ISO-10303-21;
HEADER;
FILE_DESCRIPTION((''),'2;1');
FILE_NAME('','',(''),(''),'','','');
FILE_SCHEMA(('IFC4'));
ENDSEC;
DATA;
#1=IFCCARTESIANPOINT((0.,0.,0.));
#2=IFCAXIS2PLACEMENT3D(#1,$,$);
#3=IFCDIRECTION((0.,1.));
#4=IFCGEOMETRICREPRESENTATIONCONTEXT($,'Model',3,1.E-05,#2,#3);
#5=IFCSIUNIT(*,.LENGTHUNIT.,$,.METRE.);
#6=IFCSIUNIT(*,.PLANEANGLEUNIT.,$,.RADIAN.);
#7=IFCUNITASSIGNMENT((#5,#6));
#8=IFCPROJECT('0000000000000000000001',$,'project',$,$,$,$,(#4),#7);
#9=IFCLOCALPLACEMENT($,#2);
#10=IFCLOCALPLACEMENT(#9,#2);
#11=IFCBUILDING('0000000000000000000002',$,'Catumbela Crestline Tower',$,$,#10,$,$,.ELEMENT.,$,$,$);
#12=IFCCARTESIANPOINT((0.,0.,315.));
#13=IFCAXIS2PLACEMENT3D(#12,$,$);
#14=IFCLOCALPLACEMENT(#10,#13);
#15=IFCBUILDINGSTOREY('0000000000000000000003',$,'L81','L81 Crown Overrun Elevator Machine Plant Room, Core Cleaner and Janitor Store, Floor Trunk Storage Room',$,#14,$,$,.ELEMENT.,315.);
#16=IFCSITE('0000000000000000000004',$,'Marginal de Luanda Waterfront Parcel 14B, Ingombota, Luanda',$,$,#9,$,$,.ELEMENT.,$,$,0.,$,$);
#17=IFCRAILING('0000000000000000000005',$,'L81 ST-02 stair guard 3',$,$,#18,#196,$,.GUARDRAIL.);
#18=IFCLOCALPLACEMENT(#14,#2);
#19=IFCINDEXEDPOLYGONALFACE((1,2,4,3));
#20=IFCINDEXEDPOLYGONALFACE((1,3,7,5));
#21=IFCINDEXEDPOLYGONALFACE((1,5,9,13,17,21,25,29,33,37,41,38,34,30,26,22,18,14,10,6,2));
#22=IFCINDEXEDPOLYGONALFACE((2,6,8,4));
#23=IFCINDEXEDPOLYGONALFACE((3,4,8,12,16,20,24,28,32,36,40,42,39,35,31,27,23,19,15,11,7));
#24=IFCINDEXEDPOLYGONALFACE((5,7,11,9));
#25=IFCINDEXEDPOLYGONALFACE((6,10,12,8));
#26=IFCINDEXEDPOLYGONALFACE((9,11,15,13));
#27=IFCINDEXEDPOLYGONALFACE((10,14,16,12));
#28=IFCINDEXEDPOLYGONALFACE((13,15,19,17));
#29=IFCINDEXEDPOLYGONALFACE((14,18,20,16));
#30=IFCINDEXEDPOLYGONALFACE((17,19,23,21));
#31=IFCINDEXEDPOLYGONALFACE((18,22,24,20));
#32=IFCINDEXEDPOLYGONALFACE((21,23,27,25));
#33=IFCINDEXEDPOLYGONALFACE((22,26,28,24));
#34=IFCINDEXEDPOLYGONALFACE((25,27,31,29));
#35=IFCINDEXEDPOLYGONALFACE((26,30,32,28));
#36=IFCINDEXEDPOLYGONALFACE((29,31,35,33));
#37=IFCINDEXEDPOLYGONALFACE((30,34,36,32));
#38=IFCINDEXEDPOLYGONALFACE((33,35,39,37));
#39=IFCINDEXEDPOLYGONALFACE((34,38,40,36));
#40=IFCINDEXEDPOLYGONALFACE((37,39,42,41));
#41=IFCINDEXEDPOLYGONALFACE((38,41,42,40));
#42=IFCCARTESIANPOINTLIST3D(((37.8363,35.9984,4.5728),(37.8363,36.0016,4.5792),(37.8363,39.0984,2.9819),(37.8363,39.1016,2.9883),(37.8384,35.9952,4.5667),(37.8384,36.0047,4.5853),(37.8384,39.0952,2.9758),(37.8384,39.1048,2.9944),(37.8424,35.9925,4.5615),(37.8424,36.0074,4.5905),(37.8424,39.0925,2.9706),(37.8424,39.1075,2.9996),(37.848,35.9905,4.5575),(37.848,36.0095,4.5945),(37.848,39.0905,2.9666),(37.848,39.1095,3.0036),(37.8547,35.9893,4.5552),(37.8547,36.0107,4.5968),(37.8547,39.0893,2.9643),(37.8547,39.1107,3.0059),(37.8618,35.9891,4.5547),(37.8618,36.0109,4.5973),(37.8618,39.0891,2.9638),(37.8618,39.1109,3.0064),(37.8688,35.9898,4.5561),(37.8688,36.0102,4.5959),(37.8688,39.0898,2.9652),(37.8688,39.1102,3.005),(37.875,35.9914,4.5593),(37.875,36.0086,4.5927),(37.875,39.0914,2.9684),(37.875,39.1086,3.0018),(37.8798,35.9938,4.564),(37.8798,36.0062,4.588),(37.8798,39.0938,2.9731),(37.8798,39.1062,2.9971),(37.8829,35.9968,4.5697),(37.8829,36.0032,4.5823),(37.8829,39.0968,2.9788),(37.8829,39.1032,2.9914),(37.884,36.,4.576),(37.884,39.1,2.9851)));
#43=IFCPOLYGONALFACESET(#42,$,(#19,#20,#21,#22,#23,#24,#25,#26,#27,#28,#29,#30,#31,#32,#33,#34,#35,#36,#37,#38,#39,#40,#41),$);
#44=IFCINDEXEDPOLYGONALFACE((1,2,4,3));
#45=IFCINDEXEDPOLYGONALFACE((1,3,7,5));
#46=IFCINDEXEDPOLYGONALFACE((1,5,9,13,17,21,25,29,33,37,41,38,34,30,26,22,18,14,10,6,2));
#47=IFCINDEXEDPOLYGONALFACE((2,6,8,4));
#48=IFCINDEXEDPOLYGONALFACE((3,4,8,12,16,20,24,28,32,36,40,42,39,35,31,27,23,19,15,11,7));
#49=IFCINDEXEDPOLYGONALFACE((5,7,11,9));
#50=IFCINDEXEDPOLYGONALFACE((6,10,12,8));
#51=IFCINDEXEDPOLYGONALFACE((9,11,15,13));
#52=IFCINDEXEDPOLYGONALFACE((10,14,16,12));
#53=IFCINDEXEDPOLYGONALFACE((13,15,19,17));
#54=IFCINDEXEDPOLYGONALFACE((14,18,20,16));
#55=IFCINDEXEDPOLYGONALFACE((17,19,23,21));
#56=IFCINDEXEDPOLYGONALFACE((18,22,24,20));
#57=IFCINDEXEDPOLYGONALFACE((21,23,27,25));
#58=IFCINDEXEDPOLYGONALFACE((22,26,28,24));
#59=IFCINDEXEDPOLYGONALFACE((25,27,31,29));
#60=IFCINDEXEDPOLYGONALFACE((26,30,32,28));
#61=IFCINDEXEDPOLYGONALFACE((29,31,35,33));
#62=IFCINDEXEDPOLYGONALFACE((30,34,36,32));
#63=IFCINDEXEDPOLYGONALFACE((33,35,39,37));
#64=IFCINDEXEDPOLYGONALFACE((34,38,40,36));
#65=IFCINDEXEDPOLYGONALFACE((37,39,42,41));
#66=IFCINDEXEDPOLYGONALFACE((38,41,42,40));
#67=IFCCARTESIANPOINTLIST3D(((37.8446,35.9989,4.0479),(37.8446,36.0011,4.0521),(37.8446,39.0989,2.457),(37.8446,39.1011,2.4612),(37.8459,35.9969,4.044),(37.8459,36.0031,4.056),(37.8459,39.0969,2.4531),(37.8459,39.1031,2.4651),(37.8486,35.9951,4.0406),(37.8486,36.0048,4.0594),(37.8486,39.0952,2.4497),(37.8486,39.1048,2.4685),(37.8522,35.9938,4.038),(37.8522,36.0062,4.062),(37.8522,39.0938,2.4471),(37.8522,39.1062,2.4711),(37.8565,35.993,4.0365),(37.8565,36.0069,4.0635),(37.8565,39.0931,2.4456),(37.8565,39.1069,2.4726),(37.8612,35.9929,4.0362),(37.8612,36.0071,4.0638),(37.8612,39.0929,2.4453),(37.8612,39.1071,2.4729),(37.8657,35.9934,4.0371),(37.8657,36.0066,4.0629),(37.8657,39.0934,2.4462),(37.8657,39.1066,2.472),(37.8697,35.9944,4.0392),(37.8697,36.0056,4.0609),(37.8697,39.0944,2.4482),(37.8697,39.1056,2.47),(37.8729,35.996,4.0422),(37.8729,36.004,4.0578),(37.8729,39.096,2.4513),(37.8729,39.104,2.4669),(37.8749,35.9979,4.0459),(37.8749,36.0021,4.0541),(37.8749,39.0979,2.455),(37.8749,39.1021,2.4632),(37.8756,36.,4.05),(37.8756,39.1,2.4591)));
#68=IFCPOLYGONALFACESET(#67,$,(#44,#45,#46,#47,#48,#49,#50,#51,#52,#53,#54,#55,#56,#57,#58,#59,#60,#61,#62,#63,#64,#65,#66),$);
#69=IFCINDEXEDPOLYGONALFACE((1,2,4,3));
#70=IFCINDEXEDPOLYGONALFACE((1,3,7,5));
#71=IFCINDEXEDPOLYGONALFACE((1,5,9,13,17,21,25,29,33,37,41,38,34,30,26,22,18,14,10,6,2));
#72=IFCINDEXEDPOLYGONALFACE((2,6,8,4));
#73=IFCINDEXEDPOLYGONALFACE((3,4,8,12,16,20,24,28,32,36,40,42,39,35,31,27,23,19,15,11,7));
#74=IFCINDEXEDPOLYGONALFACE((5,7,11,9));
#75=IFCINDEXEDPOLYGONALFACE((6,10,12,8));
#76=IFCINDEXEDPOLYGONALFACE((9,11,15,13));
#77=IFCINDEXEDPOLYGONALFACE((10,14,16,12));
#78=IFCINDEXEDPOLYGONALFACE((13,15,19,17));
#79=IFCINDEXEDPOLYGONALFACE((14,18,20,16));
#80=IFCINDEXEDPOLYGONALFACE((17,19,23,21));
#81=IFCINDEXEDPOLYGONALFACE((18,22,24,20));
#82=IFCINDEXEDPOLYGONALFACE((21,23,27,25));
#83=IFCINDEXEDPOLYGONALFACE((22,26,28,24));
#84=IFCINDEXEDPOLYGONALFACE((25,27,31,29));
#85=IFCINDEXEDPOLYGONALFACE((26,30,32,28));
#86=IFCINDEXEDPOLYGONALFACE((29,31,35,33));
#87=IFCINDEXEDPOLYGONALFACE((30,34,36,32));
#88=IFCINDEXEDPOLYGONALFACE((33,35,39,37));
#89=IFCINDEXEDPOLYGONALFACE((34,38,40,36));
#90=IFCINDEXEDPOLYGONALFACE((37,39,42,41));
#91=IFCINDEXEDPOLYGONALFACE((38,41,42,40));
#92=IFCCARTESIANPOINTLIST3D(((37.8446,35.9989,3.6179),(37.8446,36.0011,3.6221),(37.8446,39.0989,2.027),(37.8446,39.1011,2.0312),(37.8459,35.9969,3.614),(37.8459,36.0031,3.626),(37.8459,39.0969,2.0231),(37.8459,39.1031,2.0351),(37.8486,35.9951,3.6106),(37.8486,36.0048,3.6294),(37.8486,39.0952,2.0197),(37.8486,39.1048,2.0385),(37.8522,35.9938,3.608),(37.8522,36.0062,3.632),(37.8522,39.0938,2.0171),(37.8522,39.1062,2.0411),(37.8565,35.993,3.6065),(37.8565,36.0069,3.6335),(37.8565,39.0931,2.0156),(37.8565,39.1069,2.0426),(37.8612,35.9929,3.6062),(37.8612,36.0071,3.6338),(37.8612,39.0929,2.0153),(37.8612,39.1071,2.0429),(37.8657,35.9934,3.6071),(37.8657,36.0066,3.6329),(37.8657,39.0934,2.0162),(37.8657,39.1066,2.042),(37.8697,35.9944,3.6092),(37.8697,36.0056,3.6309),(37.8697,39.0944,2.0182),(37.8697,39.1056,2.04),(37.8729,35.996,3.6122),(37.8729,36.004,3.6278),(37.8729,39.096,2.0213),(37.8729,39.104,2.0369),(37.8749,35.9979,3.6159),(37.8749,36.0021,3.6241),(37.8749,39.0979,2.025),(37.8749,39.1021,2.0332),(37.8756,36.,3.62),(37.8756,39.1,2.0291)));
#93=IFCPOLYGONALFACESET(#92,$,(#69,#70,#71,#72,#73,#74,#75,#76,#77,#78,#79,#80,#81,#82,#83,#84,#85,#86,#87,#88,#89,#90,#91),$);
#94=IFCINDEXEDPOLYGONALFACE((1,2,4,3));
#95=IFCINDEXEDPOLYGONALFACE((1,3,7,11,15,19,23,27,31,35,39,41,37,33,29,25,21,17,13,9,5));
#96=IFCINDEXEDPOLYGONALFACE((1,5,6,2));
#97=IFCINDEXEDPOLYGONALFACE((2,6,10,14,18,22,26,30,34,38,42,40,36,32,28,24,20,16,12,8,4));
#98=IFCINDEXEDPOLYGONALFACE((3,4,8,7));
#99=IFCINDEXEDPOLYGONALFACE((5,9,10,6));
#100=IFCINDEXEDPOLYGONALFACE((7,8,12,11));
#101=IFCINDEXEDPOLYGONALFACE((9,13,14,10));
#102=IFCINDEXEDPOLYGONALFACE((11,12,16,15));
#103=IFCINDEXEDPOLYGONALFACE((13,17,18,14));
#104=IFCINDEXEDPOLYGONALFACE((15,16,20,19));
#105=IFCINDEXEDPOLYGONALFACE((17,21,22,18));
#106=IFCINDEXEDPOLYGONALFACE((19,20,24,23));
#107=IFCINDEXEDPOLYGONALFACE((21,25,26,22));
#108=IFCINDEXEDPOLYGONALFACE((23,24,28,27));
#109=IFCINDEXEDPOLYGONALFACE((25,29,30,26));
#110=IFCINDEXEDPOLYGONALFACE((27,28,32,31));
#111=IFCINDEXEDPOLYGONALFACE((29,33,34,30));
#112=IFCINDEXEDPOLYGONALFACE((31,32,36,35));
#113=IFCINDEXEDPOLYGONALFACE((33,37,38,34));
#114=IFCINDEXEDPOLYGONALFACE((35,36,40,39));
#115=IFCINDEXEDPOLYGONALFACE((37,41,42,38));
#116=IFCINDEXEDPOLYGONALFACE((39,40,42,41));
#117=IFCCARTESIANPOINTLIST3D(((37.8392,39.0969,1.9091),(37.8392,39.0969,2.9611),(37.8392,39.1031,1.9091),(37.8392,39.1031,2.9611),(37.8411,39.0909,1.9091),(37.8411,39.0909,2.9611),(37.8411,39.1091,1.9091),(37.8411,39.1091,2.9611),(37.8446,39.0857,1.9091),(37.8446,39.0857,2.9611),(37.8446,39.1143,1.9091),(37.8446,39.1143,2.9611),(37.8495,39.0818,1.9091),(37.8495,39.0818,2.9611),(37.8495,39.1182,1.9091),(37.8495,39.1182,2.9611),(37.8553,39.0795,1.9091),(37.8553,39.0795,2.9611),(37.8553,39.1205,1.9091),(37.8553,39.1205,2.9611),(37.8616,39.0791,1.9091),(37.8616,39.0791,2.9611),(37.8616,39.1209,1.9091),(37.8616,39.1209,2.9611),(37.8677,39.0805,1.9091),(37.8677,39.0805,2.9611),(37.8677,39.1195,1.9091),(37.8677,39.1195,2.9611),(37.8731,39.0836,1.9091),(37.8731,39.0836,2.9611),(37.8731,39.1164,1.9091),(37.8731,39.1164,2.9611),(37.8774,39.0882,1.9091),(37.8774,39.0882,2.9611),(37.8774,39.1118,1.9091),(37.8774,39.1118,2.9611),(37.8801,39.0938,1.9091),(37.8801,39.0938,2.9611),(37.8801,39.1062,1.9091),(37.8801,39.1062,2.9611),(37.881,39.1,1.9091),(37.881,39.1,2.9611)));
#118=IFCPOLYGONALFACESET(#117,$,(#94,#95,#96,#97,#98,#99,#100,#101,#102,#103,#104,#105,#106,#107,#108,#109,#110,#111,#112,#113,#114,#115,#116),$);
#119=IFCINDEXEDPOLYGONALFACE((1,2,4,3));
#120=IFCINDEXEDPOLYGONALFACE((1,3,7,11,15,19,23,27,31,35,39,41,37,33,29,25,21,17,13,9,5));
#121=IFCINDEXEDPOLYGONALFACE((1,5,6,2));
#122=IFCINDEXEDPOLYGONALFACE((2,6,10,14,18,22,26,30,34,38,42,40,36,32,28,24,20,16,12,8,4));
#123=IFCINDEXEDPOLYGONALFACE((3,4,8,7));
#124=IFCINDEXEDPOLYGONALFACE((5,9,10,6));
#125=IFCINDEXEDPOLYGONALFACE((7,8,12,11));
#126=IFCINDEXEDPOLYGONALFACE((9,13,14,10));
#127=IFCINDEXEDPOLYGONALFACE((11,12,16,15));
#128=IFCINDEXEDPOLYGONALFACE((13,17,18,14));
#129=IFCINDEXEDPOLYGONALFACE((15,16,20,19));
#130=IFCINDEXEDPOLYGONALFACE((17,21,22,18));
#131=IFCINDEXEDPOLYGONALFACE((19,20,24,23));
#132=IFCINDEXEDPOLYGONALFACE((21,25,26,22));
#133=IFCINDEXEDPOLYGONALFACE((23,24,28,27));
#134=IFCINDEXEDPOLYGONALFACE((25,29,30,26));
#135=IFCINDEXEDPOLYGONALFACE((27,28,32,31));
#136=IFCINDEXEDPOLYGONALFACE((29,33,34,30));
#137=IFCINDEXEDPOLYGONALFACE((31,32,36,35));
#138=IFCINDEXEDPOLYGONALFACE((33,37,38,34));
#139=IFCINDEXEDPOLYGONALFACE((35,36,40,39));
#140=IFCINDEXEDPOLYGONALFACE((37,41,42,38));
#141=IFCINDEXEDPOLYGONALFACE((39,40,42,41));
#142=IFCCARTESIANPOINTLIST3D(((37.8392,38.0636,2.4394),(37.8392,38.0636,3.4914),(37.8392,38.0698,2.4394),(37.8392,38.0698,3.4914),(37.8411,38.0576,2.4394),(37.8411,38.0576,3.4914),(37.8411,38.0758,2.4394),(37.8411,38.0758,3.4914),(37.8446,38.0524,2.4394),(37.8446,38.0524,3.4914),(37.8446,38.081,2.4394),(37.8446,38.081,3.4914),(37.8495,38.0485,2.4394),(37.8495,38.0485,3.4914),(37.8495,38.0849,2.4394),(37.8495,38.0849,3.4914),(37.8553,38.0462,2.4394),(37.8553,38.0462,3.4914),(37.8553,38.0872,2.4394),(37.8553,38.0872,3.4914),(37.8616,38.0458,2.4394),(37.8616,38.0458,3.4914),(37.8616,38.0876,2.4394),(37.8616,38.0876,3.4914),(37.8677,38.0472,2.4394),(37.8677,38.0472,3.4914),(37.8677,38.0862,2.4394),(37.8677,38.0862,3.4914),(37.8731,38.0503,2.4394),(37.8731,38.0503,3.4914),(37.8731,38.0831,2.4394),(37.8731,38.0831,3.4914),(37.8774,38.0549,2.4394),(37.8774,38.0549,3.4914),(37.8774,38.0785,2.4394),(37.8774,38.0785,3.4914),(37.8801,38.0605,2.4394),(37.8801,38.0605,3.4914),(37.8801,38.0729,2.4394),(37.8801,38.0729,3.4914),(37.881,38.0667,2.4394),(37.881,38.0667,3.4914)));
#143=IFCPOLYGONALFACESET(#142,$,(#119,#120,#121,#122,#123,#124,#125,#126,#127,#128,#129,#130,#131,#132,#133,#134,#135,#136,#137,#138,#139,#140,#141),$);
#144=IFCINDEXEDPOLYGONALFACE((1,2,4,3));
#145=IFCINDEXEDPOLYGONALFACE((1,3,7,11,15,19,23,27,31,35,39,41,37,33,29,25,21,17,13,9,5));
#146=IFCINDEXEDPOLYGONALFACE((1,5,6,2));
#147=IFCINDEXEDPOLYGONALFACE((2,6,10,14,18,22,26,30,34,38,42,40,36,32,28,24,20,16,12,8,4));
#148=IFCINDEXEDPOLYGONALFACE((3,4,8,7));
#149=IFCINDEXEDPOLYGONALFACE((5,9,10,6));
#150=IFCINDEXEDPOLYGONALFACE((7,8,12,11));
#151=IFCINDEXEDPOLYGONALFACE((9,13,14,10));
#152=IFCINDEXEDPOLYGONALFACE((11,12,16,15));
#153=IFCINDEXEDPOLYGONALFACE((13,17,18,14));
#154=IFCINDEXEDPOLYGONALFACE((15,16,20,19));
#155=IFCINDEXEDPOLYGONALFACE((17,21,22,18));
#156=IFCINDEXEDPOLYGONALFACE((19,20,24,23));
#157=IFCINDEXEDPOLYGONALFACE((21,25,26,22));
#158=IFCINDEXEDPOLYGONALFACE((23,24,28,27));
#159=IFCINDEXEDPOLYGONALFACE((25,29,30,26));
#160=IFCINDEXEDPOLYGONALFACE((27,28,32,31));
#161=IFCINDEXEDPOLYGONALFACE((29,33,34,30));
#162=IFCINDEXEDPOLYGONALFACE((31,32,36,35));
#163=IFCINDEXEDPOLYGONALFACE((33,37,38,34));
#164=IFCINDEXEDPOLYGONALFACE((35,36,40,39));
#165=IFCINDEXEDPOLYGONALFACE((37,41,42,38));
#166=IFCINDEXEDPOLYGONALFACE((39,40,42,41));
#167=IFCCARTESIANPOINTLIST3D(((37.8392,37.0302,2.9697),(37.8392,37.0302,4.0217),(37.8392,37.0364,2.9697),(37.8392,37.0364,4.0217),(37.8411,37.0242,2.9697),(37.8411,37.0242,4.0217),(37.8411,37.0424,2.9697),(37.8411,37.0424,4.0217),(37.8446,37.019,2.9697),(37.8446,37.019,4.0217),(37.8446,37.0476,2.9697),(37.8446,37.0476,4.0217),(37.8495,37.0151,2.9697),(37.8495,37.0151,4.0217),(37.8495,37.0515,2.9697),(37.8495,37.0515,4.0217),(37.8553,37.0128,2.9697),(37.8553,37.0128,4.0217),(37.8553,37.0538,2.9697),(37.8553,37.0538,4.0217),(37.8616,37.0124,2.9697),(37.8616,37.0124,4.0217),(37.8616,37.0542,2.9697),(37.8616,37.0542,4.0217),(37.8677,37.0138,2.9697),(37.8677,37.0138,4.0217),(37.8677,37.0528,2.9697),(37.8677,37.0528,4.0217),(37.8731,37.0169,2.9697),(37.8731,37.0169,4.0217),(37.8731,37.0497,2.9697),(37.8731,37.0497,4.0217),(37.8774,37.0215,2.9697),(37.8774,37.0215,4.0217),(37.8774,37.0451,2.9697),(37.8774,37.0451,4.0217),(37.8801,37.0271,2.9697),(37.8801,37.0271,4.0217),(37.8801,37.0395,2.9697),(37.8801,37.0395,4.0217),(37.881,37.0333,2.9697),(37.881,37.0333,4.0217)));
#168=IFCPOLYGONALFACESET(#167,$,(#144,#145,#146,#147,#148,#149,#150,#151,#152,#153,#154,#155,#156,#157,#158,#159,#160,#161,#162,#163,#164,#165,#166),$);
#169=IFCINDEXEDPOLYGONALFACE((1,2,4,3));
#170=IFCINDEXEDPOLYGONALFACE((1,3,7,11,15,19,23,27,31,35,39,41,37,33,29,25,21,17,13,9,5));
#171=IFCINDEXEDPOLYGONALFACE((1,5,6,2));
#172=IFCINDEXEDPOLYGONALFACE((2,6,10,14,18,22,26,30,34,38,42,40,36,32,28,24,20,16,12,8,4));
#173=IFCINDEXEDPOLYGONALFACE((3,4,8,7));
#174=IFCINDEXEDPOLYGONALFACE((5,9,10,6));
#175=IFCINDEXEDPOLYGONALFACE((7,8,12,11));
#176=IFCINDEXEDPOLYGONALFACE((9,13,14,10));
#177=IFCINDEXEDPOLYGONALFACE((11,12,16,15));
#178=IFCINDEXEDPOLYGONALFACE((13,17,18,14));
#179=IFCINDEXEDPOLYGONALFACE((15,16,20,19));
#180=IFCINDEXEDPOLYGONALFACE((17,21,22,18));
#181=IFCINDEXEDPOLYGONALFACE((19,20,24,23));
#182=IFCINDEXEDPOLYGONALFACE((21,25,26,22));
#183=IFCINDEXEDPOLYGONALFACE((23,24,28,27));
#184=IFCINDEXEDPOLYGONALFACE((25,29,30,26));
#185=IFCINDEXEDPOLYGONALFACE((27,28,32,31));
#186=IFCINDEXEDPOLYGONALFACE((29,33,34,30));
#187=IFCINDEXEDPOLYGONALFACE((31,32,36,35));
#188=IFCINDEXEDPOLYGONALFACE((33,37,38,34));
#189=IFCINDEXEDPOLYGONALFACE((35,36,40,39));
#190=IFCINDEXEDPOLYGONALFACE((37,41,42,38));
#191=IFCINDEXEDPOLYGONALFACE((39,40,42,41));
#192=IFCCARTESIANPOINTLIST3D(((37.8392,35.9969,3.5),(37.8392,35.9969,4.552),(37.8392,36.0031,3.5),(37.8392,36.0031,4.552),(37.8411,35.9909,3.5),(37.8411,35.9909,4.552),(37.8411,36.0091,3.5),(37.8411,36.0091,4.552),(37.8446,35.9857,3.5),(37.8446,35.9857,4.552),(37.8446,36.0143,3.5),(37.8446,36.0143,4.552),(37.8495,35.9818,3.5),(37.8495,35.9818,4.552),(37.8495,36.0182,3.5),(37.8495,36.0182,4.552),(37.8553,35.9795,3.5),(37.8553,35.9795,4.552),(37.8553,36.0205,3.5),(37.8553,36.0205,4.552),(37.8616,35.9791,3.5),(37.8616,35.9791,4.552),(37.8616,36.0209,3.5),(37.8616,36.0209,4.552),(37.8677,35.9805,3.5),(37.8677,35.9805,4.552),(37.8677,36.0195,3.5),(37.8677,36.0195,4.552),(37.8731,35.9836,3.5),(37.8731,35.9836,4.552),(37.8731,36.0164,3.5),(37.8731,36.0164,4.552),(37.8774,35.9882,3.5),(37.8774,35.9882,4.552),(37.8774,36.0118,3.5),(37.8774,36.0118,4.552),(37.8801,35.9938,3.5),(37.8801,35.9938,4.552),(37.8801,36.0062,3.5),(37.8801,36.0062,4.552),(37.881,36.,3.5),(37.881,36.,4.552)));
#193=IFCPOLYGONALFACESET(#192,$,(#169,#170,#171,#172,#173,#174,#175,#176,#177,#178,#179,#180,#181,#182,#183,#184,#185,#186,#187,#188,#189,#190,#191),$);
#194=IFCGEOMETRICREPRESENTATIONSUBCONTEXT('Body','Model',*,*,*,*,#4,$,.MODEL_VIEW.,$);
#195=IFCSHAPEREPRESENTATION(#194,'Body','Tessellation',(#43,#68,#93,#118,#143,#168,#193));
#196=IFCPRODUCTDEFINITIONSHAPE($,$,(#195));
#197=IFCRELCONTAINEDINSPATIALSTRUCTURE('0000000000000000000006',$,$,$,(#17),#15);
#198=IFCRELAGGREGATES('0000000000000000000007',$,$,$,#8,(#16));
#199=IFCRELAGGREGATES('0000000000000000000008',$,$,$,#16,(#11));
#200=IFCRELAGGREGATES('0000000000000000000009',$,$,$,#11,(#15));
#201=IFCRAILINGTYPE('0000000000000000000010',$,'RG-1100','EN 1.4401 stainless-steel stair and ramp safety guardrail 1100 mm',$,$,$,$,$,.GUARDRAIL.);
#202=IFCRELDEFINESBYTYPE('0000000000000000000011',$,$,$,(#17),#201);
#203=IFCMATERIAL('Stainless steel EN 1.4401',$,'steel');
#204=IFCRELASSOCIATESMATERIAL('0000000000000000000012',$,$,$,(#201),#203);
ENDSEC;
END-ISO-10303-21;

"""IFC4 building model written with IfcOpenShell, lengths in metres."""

from ifc_helpers import new_model, si_unit, direction, frame, origin, origin_2d, place, context, subcontext, project, spatial, circle, extrude, material, type_object, element, save


model = new_model("IFC4")

# Units and contexts
model_context = context("Model", 3, precision=1e-05, world=origin(), true_north=direction((0.0, 1.0)))
body_context = subcontext(model_context, "Body", "Model", "MODEL_VIEW")
ifc_project = project(units=[si_unit("LENGTHUNIT", "METRE"), si_unit("PLANEANGLEUNIT", "RADIAN")], contexts=[model_context])

# Site, building, storey
site_placement = place(None, origin())
site = spatial("IfcSite", under=ifc_project, at=site_placement, Name="Marginal de Luanda Waterfront Parcel 14B, Ingombota, Luanda", CompositionType="ELEMENT", RefElevation=0.0)
building_placement = place(site_placement, origin())
building = spatial("IfcBuilding", under=site, at=building_placement, Name="Catumbela Crestline Tower", CompositionType="ELEMENT")
storey_placement = place(building_placement, frame((0.0, 0.0, 315.0)))
storey = spatial("IfcBuildingStorey", under=building, at=storey_placement, Name="L81", Description="L81 Crown Overrun Elevator Machine Plant Room, Core Cleaner and Janitor Store, Floor Trunk Storage Room", CompositionType="ELEMENT", Elevation=315.0)

# Shared definitions
ifc_material_1 = material(Name="Stainless steel EN 1.4401", Category="steel")

# Railing
railing_type_1 = type_object("IfcRailingType", Name="RG-1100", Description="EN 1.4401 stainless-steel stair and ramp safety guardrail 1100 mm", PredefinedType="GUARDRAIL", material=ifc_material_1)
railing_1_placement = place(storey_placement, frame((37.86, 39.1, 1.9091)))
element("IfcRailing", 1, at=railing_1_placement, inside=storey, type_object=railing_type_1, Name="L81 ST-02 stair guard 3", PredefinedType="GUARDRAIL", context=body_context, shape_type="SweptSolid", body=[
    extrude(circle(Radius=0.024, at=origin_2d()), frame((0.0, 0.0, 1.076), z_axis=(0.0, -0.889683, 0.456579), x_axis=(1.0, 0.0, 0.0)), (0.0, 0.0, 1.0), 3.4844),
    extrude(circle(Radius=0.0156, at=origin_2d()), frame((0.0, 0.0, 0.55), z_axis=(0.0, -0.889683, 0.456579), x_axis=(1.0, 0.0, 0.0)), (0.0, 0.0, 1.0), 3.4844),
    extrude(circle(Radius=0.0156, at=origin_2d()), frame((0.0, 0.0, 0.12), z_axis=(0.0, -0.889683, 0.456579), x_axis=(1.0, 0.0, 0.0)), (0.0, 0.0, 1.0), 3.4844),
    extrude(circle(Radius=0.021, at=origin_2d()), origin(), (0.0, 0.0, 1.0), 1.052),
    extrude(circle(Radius=0.021, at=origin_2d()), frame((0.0, -1.0333, 0.5303)), (0.0, 0.0, 1.0), 1.052),
    extrude(circle(Radius=0.021, at=origin_2d()), frame((0.0, -2.0667, 1.0606)), (0.0, 0.0, 1.0), 1.052),
    extrude(circle(Radius=0.021, at=origin_2d()), frame((0.0, -3.1, 1.5909)), (0.0, 0.0, 1.0), 1.052),
])

save(model, "model.ifc")
